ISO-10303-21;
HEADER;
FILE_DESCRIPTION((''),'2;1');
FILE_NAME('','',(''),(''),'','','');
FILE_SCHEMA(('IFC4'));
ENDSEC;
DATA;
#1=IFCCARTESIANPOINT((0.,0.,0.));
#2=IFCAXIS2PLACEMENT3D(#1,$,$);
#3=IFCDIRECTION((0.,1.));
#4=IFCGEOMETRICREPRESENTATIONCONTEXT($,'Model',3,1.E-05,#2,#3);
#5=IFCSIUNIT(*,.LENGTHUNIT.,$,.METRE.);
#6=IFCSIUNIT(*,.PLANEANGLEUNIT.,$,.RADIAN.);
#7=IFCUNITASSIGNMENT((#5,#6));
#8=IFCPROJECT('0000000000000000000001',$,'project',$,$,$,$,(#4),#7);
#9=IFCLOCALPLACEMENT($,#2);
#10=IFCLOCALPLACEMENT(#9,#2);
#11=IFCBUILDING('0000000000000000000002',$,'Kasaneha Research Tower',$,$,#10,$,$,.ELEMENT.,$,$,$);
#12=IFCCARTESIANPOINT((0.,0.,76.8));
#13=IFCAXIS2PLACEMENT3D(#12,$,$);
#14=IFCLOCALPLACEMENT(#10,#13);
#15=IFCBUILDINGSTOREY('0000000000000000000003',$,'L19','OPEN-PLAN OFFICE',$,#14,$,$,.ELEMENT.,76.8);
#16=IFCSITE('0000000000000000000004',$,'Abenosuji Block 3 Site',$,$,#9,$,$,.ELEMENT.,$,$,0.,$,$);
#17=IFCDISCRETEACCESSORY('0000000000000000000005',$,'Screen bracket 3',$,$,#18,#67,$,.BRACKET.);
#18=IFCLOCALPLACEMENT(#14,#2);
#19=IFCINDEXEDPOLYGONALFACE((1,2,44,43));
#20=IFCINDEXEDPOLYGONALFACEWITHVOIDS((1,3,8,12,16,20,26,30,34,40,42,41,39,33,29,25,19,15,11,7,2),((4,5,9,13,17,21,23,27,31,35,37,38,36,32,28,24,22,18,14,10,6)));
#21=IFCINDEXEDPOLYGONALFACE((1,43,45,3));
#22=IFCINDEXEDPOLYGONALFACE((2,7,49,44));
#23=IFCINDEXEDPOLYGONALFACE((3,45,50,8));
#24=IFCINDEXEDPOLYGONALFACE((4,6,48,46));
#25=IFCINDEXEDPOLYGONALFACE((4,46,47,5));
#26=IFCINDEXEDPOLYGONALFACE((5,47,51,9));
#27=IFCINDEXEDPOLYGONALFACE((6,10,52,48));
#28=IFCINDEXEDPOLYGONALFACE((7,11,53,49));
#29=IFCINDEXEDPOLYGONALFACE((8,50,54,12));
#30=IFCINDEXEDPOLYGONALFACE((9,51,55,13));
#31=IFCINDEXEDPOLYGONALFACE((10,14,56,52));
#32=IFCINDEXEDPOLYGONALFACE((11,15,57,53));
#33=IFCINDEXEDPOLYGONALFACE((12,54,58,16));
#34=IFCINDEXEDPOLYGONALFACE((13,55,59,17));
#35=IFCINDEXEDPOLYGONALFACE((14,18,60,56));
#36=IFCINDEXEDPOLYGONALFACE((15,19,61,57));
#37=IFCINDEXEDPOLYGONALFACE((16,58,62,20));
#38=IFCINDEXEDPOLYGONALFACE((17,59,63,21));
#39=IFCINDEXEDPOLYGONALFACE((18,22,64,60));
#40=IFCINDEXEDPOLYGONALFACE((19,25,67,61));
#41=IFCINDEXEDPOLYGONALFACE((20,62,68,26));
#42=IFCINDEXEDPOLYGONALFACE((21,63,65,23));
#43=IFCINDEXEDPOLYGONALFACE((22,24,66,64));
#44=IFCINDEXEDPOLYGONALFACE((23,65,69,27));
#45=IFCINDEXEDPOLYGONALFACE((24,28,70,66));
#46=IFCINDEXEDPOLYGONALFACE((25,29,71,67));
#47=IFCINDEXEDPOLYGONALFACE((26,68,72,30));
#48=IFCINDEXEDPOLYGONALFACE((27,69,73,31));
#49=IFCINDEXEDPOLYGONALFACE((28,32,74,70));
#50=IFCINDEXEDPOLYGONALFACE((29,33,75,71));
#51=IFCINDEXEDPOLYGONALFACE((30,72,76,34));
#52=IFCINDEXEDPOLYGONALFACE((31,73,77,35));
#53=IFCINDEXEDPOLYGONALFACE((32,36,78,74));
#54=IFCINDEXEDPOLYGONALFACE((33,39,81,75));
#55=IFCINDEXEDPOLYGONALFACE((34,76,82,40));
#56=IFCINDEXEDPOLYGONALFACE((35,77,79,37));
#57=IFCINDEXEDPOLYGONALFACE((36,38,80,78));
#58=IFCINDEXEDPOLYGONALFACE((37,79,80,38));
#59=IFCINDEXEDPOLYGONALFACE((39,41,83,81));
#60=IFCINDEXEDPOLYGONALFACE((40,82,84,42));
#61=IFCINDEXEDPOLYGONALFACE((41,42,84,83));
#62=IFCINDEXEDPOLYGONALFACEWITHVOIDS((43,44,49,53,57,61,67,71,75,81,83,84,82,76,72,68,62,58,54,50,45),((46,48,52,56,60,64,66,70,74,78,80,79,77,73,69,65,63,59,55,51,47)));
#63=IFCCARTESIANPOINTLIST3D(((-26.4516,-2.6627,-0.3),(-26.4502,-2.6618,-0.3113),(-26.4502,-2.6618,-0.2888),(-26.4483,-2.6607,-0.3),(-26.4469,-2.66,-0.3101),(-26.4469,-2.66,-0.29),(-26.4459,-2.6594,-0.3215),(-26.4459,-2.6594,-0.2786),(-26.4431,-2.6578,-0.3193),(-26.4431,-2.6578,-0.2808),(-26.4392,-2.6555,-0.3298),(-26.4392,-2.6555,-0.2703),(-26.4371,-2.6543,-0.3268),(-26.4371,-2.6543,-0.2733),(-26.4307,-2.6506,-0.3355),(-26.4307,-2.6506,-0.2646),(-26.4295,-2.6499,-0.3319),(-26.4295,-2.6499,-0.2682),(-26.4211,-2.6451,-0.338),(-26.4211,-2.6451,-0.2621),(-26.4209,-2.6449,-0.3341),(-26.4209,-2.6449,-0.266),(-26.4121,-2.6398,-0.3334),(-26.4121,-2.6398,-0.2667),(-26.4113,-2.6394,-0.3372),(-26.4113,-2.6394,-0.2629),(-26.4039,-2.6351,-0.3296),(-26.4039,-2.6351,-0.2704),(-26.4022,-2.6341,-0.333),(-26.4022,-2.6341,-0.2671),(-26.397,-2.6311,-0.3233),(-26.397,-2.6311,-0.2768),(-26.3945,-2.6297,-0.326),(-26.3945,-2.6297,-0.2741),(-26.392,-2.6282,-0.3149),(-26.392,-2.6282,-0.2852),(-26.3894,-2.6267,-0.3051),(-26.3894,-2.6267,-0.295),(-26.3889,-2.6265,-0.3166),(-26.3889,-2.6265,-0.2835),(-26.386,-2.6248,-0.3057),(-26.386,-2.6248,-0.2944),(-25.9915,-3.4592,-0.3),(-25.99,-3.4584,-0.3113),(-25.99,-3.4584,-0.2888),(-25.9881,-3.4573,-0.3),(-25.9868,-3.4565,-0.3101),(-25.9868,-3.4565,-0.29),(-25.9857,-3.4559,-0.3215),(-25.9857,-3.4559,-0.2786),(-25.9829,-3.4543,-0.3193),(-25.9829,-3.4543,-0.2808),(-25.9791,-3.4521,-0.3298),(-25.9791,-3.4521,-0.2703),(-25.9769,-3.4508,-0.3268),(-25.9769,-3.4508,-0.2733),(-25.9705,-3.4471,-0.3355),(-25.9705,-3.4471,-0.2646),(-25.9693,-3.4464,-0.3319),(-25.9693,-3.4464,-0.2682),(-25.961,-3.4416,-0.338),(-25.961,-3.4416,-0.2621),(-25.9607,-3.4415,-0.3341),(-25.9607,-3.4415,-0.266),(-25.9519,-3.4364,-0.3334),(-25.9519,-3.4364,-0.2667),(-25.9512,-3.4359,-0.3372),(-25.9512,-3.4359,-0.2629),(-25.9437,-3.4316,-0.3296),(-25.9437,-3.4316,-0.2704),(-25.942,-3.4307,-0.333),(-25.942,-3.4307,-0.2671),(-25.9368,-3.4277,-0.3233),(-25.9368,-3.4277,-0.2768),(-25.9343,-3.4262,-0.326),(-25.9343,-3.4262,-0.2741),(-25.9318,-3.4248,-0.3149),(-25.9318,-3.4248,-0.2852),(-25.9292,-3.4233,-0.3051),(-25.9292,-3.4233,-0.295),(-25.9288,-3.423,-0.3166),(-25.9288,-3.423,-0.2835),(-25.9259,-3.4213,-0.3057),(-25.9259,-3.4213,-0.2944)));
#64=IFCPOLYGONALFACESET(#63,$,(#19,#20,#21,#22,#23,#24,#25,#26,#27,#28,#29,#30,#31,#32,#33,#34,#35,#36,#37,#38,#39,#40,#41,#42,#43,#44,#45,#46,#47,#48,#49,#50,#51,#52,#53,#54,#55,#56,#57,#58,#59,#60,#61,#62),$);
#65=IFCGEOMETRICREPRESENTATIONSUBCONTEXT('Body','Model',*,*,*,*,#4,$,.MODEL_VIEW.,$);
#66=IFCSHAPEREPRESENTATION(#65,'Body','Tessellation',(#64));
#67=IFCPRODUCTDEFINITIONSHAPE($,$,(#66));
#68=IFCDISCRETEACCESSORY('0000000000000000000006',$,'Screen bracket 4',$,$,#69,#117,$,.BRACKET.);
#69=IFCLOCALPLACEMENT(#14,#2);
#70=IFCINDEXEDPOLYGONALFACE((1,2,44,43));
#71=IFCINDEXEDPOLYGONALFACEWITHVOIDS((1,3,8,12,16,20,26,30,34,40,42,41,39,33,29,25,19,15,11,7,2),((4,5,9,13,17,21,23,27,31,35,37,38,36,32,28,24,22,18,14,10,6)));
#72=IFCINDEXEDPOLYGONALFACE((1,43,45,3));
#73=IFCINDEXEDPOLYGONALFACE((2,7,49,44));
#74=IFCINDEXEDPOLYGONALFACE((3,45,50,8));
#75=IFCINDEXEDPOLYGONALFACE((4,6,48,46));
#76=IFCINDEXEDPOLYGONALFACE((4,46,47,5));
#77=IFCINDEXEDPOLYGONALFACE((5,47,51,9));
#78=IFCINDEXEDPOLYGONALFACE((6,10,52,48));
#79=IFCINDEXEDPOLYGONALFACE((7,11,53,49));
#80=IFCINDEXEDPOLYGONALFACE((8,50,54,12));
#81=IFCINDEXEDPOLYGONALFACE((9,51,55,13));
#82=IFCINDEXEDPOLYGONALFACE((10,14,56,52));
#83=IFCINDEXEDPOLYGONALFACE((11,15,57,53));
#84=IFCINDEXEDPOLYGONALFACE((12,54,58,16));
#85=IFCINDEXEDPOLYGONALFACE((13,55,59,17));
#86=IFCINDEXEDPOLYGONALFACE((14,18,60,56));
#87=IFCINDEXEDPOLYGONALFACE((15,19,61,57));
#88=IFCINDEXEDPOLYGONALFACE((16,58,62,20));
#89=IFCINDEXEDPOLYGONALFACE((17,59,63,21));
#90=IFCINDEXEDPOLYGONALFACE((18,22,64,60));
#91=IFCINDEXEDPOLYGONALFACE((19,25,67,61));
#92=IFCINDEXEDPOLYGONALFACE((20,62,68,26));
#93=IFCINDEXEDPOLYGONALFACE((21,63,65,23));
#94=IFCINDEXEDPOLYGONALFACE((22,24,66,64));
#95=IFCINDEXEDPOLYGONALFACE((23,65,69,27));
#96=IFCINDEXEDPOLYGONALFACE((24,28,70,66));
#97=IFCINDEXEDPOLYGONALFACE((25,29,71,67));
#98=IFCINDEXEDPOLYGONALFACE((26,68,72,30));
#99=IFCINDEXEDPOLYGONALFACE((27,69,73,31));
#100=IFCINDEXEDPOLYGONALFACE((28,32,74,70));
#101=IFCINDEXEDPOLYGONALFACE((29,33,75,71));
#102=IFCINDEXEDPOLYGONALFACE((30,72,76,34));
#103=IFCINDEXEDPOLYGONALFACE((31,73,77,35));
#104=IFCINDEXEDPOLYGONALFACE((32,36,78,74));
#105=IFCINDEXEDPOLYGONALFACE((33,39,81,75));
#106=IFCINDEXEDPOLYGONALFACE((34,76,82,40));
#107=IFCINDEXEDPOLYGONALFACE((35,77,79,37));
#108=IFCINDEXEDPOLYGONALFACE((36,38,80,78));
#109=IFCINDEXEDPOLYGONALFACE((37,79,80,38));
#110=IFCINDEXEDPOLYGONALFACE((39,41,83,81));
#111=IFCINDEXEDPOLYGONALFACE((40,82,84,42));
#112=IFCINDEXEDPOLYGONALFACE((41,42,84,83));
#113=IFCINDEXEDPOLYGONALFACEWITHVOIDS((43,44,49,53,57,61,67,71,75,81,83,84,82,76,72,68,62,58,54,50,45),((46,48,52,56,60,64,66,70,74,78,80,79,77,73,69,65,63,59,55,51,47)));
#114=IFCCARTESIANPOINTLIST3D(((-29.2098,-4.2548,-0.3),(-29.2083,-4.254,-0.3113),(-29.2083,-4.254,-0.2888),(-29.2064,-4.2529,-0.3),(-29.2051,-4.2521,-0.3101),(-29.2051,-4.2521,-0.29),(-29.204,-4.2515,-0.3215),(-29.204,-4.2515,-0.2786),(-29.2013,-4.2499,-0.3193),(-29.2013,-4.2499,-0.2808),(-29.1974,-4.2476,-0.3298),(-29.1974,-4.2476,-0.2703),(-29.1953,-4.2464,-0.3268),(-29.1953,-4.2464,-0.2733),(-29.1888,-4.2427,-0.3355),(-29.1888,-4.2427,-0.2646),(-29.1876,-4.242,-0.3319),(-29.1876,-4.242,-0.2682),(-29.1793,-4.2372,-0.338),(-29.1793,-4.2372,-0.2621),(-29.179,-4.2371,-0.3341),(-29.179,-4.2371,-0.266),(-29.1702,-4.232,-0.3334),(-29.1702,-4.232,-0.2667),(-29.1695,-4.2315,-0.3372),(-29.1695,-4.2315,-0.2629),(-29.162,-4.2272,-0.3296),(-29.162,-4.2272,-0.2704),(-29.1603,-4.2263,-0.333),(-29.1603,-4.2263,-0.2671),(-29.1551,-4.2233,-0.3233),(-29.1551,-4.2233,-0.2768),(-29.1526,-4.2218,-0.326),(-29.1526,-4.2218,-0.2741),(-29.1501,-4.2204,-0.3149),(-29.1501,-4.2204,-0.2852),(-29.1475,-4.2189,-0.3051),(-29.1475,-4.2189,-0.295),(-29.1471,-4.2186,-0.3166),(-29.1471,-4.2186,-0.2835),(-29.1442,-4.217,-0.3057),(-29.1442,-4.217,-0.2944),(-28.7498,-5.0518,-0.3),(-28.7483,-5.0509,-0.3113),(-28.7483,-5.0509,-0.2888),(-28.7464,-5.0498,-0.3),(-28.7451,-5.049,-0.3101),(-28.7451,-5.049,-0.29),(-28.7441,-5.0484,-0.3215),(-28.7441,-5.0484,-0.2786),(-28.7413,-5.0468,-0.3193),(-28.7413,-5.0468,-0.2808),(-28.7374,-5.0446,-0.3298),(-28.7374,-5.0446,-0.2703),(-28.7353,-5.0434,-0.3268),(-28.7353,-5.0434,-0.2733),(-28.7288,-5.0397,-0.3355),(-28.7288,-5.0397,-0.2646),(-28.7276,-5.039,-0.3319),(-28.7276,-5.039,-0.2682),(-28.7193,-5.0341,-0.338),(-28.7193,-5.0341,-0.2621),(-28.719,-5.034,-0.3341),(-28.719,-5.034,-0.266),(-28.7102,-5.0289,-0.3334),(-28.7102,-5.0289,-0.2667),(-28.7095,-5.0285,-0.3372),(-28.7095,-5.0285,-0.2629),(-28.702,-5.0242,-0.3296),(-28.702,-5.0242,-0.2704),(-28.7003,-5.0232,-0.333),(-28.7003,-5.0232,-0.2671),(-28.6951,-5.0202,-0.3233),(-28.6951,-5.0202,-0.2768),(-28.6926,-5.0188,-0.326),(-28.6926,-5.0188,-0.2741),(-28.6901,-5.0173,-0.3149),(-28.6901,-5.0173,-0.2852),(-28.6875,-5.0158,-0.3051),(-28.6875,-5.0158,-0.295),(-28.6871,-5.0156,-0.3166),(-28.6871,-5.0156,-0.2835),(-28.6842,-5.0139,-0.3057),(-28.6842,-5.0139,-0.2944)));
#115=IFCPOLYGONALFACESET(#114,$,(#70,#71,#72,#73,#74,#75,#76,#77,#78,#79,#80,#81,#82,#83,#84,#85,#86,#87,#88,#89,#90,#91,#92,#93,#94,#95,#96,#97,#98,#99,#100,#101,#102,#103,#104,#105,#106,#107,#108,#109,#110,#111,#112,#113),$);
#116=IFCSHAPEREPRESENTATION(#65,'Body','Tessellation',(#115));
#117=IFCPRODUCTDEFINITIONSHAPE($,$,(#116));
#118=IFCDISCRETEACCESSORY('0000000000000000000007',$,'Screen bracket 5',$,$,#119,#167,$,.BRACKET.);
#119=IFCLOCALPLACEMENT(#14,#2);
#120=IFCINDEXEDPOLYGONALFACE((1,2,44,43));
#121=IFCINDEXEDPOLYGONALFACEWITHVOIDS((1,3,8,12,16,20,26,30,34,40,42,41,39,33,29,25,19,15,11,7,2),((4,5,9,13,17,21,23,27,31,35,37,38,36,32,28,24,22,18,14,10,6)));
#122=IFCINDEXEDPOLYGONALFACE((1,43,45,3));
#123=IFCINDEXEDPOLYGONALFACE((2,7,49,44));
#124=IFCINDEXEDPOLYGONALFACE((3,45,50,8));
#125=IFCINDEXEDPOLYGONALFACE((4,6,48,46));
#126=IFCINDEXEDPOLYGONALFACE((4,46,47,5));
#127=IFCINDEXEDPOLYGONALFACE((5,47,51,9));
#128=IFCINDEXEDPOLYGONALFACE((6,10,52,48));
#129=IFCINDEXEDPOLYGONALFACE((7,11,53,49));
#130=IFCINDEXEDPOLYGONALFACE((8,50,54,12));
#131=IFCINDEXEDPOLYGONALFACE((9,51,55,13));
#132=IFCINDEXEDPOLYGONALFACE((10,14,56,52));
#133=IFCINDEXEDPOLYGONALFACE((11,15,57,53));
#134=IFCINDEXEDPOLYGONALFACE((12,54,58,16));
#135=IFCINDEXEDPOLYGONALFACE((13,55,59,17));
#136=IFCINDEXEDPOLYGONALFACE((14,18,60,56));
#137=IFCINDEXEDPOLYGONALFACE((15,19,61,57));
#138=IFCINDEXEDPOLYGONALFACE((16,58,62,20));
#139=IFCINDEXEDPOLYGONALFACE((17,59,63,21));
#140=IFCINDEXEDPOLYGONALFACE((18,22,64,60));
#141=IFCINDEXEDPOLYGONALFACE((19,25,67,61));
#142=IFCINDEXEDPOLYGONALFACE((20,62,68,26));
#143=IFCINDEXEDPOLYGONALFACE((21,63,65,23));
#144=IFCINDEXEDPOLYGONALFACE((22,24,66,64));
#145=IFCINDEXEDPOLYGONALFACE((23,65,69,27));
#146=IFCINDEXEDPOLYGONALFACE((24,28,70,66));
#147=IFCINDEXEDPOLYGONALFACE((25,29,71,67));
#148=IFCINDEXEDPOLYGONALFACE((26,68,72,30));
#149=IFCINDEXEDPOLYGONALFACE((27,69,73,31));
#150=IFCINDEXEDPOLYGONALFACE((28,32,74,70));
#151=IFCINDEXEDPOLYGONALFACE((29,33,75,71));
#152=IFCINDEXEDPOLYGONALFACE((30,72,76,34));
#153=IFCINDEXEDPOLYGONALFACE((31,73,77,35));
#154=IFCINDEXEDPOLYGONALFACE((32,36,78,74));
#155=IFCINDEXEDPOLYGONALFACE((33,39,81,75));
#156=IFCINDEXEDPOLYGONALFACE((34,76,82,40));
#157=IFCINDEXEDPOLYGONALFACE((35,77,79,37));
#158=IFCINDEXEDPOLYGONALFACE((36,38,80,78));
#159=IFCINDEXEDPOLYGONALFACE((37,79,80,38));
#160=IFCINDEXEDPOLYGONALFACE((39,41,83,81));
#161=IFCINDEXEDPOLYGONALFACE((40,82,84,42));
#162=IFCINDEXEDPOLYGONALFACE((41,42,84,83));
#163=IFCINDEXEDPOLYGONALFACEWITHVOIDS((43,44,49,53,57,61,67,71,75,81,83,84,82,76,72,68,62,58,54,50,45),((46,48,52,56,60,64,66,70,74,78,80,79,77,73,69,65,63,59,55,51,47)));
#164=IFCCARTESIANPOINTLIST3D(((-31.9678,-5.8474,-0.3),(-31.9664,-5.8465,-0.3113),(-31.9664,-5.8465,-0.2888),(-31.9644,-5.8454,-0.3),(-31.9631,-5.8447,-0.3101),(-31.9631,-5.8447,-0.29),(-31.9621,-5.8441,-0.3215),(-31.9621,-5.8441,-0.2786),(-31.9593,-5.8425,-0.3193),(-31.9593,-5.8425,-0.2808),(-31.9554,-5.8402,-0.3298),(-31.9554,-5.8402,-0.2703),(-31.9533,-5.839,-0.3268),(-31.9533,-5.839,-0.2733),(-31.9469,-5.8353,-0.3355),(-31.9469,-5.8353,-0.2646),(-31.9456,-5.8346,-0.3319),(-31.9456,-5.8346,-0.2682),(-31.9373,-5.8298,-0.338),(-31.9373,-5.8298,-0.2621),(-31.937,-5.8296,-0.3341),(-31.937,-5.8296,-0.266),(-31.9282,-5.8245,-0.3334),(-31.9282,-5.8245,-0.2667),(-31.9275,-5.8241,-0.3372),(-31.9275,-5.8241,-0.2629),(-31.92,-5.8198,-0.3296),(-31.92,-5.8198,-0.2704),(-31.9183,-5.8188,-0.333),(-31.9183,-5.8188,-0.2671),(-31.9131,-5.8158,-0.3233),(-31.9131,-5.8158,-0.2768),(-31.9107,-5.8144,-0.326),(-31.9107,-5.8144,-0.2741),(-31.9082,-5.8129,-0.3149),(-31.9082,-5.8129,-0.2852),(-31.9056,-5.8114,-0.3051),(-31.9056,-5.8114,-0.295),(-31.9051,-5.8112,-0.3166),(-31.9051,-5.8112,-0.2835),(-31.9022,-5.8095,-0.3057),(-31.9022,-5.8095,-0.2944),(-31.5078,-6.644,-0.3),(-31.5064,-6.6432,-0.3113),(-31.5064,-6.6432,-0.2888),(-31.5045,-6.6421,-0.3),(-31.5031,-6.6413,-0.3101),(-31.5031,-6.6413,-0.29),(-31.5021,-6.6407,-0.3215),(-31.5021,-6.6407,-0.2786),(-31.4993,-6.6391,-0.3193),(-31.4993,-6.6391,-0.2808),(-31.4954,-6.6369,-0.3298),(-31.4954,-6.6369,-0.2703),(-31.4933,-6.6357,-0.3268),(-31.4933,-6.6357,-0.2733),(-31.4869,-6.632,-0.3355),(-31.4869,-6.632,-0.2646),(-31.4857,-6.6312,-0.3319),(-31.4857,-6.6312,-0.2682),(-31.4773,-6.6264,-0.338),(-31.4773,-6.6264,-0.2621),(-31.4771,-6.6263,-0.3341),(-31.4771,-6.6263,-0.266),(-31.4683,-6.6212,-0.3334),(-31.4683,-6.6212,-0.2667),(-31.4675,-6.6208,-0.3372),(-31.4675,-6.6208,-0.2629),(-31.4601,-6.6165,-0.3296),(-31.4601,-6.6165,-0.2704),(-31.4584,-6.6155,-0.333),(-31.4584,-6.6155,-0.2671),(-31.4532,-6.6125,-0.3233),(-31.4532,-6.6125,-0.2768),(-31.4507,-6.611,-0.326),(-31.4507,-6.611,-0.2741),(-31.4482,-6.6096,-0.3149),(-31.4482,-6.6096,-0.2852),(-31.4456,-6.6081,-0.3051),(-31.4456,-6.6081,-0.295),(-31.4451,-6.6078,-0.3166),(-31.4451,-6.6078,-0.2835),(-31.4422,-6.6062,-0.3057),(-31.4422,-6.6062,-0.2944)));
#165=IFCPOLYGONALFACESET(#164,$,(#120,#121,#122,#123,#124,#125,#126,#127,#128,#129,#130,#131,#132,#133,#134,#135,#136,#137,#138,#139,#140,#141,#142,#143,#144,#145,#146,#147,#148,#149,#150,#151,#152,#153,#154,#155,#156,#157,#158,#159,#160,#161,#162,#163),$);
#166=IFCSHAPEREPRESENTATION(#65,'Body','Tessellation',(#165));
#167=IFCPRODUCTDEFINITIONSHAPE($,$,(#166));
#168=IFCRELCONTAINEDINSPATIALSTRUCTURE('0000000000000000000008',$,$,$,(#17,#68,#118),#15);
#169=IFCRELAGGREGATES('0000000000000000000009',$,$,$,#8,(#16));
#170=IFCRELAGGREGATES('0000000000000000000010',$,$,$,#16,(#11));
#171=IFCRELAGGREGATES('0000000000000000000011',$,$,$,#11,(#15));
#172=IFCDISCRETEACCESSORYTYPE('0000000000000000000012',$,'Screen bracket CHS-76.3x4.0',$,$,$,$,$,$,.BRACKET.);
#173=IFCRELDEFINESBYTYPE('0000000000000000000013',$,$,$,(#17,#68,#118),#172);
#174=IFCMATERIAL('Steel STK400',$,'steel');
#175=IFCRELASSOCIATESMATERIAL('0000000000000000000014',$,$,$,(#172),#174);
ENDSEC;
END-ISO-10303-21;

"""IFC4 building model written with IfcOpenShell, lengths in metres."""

from ifc_helpers import new_model, si_unit, direction, frame, origin, origin_2d, place, context, subcontext, project, spatial, hollow_circle, extrude, material, material_profile, profile_set, type_object, element, save


model = new_model("IFC4")

# Units and contexts
model_context = context("Model", 3, precision=1e-05, world=origin(), true_north=direction((0.0, 1.0)))
body_context = subcontext(model_context, "Body", "Model", "MODEL_VIEW")
ifc_project = project(units=[si_unit("LENGTHUNIT", "METRE"), si_unit("PLANEANGLEUNIT", "RADIAN")], contexts=[model_context])

# Site, building, storey
site_placement = place(None, origin())
site = spatial("IfcSite", under=ifc_project, at=site_placement, Name="Abenosuji Block 3 Site", CompositionType="ELEMENT", RefElevation=0.0)
building_placement = place(site_placement, origin())
building = spatial("IfcBuilding", under=site, at=building_placement, Name="Kasaneha Research Tower", CompositionType="ELEMENT")
storey_placement = place(building_placement, frame((0.0, 0.0, 76.8)))
storey = spatial("IfcBuildingStorey", under=building, at=storey_placement, Name="L19", Description="OPEN-PLAN OFFICE", CompositionType="ELEMENT", Elevation=76.8)

# Discrete accessories
ifc_material_1 = material(Name="Steel STK400", Category="steel")
ifc_material_profile_1 = material_profile(ifc_material_1, hollow_circle(Radius=0.0381, WallThickness=0.0039, at=origin_2d()), Name="CHS-76.3x4.0")
ifc_profile_set_1 = profile_set([ifc_material_profile_1], Name="Steel STK400")
discrete_accessory_type = type_object("IfcDiscreteAccessoryType", Name="Screen bracket CHS-76.3x4.0", PredefinedType="BRACKET", material=ifc_profile_set_1)
discrete_accessory_1_placement = place(storey_placement, frame((-25.9585, -3.4402, -0.3), z_axis=(-0.50022, 0.865898, 0.0), x_axis=(-0.865898, -0.50022, 0.0)))
element("IfcDiscreteAccessory", 1, at=discrete_accessory_1_placement, inside=storey, type_object=discrete_accessory_type, Name="Screen bracket 3", PredefinedType="BRACKET", context=body_context, shape_type="SweptSolid", body=[
    extrude(hollow_circle(Radius=0.0381, WallThickness=0.0039, at=origin_2d()), origin(), (0.0, 0.0, 1.0), 0.9199),
])
discrete_accessory_2_placement = place(storey_placement, frame((-28.7168, -5.0327, -0.3), z_axis=(-0.499906, 0.86608, 0.0), x_axis=(-0.86608, -0.499906, 0.0)))
element("IfcDiscreteAccessory", 2, at=discrete_accessory_2_placement, inside=storey, type_object=discrete_accessory_type, Name="Screen bracket 4", PredefinedType="BRACKET", context=body_context, shape_type="SweptSolid", body=[
    extrude(hollow_circle(Radius=0.0381, WallThickness=0.0039, at=origin_2d()), origin(), (0.0, 0.0, 1.0), 0.9202),
])
discrete_accessory_3_placement = place(storey_placement, frame((-31.4749, -6.625, -0.3), z_axis=(-0.500021, 0.866013, 0.0), x_axis=(-0.866013, -0.500021, 0.0)))
element("IfcDiscreteAccessory", 3, at=discrete_accessory_3_placement, inside=storey, type_object=discrete_accessory_type, Name="Screen bracket 5", PredefinedType="BRACKET", context=body_context, shape_type="SweptSolid", body=[
    extrude(hollow_circle(Radius=0.0381, WallThickness=0.0039, at=origin_2d()), origin(), (0.0, 0.0, 1.0), 0.9199),
])

save(model, "model.ifc")
